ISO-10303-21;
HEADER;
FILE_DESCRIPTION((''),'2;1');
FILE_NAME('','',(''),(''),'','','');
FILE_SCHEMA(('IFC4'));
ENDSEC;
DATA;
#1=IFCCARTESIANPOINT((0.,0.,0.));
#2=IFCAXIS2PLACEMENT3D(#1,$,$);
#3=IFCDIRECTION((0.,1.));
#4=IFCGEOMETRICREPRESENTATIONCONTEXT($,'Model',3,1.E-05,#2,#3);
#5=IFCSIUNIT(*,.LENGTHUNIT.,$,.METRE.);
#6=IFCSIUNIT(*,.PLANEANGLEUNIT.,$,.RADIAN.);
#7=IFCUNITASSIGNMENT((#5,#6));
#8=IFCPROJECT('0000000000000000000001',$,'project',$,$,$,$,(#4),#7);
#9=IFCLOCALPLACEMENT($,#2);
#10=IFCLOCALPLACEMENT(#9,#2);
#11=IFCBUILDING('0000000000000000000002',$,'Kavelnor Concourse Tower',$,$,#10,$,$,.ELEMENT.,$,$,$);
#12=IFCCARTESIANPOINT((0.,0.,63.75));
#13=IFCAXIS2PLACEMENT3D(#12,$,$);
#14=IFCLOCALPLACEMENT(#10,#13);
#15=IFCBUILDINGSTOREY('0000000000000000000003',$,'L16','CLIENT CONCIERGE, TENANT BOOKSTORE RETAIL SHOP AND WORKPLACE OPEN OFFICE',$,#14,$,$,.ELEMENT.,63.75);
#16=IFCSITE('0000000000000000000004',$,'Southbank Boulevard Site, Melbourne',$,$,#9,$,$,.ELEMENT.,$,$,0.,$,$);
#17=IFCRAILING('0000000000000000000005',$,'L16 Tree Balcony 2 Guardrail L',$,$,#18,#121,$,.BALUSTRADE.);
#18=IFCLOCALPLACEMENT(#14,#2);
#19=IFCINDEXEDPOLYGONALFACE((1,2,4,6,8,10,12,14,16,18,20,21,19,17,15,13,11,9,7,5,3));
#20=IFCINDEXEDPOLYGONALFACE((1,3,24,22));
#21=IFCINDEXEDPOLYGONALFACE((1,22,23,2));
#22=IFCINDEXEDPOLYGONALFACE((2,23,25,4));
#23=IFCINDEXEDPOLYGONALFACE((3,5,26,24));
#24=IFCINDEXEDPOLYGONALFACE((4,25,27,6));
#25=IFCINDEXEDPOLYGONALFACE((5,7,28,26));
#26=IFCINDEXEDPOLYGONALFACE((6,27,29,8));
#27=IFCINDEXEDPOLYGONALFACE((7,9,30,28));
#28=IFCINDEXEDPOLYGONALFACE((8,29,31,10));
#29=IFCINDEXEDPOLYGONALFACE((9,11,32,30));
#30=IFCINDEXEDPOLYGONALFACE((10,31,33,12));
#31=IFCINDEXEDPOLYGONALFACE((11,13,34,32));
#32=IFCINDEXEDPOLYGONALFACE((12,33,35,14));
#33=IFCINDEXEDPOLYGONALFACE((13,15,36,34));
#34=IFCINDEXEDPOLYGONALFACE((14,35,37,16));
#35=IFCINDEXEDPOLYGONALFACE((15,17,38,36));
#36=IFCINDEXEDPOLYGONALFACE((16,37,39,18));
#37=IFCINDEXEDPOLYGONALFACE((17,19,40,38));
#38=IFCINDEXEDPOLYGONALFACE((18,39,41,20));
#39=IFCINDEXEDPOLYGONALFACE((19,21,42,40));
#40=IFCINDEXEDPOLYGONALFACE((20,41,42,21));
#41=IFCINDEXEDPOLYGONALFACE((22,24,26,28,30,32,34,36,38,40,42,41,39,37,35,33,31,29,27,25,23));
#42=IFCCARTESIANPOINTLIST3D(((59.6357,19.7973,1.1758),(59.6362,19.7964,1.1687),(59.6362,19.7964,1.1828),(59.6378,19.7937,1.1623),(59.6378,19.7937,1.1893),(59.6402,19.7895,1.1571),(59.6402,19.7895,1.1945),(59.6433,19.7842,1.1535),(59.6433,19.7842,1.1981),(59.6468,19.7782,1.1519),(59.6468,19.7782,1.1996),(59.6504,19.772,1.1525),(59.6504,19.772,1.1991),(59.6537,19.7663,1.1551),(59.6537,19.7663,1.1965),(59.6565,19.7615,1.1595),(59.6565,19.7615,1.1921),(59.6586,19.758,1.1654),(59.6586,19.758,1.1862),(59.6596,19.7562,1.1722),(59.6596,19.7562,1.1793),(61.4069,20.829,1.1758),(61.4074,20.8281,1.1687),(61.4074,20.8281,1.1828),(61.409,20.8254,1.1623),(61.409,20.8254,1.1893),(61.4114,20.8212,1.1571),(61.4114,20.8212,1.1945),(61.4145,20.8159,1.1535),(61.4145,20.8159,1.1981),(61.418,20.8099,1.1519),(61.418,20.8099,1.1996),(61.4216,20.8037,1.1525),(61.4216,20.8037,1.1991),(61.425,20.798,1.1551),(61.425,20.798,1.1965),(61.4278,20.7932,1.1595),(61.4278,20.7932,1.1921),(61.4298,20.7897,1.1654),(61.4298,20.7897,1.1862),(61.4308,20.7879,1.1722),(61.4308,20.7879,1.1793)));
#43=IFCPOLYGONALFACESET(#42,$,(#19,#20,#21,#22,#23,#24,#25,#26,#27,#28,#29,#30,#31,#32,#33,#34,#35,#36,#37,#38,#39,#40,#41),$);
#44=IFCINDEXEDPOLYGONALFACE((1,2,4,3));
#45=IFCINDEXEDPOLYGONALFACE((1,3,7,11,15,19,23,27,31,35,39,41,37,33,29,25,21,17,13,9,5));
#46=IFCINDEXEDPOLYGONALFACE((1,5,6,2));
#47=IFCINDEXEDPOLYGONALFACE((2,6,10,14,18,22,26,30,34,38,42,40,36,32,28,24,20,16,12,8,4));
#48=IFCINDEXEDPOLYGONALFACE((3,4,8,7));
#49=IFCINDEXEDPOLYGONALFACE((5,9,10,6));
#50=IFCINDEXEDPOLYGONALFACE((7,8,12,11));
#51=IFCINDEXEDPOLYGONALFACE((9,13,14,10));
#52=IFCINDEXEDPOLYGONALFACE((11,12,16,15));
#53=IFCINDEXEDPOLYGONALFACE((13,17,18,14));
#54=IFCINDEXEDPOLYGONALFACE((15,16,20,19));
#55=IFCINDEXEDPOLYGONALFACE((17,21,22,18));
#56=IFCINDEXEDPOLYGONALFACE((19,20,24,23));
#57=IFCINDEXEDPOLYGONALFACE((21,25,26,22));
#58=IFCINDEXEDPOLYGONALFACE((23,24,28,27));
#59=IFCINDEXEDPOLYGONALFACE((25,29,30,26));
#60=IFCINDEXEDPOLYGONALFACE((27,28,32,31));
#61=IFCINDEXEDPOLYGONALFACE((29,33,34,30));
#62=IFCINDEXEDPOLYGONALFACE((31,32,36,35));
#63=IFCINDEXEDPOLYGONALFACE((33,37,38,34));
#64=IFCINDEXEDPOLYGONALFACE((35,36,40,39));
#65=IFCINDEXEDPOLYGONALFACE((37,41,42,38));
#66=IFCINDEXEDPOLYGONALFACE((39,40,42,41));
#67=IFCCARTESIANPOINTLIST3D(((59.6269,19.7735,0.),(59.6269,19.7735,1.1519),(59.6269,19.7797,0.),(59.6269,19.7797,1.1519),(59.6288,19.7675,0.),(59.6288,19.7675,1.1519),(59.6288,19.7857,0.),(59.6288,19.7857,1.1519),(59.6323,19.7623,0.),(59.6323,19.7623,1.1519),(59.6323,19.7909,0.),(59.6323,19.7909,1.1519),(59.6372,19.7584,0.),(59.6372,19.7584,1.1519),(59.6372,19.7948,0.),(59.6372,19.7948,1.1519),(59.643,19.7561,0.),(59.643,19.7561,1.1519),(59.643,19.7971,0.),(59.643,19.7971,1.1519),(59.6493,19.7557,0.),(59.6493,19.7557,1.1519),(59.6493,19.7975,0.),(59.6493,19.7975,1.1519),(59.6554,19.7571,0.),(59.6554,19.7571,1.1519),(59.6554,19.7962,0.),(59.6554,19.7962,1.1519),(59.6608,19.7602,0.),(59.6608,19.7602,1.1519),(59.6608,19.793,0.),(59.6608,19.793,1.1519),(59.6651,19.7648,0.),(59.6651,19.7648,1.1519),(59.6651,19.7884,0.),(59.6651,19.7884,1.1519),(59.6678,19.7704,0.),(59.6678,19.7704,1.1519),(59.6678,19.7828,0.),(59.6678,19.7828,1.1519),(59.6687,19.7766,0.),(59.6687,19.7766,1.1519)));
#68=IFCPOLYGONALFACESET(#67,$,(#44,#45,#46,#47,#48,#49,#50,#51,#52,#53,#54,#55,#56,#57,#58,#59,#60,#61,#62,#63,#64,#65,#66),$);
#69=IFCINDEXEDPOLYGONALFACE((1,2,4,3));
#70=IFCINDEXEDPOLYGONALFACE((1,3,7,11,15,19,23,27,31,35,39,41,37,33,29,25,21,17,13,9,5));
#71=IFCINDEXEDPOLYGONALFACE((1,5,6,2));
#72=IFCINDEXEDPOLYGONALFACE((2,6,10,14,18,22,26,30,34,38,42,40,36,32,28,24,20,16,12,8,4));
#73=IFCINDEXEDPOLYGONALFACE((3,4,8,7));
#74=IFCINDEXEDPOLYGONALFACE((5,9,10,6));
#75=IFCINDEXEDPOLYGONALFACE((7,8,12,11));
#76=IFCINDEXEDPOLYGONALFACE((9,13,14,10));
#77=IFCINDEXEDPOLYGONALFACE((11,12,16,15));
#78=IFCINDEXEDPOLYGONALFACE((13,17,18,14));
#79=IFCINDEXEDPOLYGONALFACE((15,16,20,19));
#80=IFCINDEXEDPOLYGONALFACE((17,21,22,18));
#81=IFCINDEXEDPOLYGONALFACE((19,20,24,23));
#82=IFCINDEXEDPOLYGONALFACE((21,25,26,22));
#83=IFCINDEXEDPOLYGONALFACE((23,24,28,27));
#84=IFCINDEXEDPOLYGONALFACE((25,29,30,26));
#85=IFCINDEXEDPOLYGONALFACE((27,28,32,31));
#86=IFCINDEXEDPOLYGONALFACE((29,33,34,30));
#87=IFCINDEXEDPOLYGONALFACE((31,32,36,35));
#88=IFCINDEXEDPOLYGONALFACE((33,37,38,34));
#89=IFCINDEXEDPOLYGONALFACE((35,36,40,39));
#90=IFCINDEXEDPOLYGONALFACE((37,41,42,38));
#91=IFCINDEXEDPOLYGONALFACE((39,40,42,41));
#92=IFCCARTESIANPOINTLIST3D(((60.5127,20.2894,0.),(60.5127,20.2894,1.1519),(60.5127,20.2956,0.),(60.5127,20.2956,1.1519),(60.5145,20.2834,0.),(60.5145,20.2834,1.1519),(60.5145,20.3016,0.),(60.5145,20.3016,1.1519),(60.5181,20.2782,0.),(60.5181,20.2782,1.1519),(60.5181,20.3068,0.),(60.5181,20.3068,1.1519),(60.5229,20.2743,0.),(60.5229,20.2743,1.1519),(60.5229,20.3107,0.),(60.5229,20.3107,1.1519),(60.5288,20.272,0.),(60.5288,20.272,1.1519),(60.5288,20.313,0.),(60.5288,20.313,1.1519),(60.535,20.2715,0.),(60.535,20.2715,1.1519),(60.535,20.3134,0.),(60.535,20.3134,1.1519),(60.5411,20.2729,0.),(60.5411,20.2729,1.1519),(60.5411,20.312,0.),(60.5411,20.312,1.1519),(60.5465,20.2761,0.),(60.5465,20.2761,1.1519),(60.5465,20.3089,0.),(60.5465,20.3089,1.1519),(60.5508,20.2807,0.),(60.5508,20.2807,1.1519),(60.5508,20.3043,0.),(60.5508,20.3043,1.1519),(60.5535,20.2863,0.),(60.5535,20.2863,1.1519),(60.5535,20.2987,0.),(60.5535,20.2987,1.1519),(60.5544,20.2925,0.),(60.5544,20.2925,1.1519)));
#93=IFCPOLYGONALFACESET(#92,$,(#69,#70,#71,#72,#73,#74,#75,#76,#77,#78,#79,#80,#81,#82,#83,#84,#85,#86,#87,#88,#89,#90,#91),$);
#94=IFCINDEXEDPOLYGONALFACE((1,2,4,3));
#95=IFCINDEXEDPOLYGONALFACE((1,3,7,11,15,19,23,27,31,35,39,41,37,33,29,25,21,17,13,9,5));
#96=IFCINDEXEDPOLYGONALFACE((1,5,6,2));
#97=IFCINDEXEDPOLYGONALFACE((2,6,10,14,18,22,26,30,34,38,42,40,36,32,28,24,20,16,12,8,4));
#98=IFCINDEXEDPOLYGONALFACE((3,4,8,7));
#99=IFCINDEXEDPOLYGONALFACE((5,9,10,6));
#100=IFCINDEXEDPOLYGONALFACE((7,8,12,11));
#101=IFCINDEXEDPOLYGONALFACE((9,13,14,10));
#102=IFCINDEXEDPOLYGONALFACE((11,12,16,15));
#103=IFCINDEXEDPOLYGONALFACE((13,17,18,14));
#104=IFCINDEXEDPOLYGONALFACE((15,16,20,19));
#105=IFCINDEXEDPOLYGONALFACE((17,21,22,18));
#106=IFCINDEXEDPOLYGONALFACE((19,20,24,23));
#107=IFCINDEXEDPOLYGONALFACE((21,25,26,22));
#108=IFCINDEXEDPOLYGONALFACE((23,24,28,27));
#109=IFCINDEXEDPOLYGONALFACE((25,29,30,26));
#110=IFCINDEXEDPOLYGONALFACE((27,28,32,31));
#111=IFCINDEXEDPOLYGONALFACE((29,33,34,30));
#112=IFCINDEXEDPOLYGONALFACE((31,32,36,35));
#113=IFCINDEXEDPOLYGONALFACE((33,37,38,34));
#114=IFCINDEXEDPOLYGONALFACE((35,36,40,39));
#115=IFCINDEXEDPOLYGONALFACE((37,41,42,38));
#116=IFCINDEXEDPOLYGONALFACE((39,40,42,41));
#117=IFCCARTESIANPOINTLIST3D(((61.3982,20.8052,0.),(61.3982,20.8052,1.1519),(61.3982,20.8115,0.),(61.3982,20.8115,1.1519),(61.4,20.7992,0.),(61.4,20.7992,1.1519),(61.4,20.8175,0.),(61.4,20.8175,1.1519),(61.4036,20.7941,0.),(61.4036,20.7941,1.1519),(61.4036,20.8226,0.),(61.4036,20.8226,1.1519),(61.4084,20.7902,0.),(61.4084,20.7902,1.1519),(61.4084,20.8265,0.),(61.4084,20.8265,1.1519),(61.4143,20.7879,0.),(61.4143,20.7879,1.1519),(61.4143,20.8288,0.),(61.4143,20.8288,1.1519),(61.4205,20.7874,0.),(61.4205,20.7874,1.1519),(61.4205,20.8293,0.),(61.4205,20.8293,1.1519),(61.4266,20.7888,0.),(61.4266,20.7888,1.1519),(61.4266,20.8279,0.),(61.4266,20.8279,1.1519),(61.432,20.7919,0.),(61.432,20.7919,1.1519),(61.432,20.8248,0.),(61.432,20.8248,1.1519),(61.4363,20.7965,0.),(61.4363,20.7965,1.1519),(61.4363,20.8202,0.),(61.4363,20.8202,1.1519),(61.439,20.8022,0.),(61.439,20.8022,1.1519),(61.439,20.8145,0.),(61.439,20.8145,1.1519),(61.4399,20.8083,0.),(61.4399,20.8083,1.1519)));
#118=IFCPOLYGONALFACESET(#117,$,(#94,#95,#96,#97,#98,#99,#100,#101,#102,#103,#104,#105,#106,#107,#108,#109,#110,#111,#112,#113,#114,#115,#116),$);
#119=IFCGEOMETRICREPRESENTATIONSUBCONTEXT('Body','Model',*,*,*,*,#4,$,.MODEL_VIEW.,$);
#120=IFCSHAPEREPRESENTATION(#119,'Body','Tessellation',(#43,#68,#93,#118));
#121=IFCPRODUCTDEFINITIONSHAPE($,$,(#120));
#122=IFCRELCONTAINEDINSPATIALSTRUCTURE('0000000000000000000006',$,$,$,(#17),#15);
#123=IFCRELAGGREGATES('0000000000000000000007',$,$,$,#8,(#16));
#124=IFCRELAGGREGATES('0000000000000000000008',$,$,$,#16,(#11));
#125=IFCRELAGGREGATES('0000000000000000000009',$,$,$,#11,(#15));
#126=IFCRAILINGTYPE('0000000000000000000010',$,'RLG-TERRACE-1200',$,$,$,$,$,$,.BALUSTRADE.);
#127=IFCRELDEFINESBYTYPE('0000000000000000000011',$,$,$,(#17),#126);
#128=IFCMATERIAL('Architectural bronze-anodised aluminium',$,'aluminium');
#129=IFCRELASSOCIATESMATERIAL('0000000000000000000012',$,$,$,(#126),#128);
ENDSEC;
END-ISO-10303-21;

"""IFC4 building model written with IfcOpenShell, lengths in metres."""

from ifc_helpers import new_model, si_unit, direction, frame, origin, origin_2d, place, context, subcontext, project, spatial, circle, extrude, material, type_object, element, save


model = new_model("IFC4")

# Units and contexts
model_context = context("Model", 3, precision=1e-05, world=origin(), true_north=direction((0.0, 1.0)))
body_context = subcontext(model_context, "Body", "Model", "MODEL_VIEW")
ifc_project = project(units=[si_unit("LENGTHUNIT", "METRE"), si_unit("PLANEANGLEUNIT", "RADIAN")], contexts=[model_context])

# Site, building, storey
site_placement = place(None, origin())
site = spatial("IfcSite", under=ifc_project, at=site_placement, Name="Southbank Boulevard Site, Melbourne", CompositionType="ELEMENT", RefElevation=0.0)
building_placement = place(site_placement, origin())
building = spatial("IfcBuilding", under=site, at=building_placement, Name="Kavelnor Concourse Tower", CompositionType="ELEMENT")
storey_placement = place(building_placement, frame((0.0, 0.0, 63.75)))
storey = spatial("IfcBuildingStorey", under=building, at=storey_placement, Name="L16", Description="CLIENT CONCIERGE, TENANT BOOKSTORE RETAIL SHOP AND WORKPLACE OPEN OFFICE", CompositionType="ELEMENT", Elevation=63.75)

# Railing
ifc_material_1 = material(Name="Architectural bronze-anodised aluminium", Category="aluminium")
railing_type_1 = type_object("IfcRailingType", Name="RLG-TERRACE-1200", PredefinedType="BALUSTRADE", material=ifc_material_1)
railing_1_placement = place(storey_placement, frame((59.6477, 19.7766, 0.0)))
element("IfcRailing", 1, at=railing_1_placement, inside=storey, type_object=railing_type_1, Name="L16 Tree Balcony 2 Guardrail L", PredefinedType="BALUSTRADE", context=body_context, shape_type="SweptSolid", body=[
    extrude(circle(Radius=0.0239, at=origin_2d()), frame((0.0, 0.0, 1.1758), z_axis=(0.864094, 0.50333, 0.0), x_axis=(-0.50333, 0.864094, 0.0)), (0.0, 0.0, 1.0), 2.0498),
    extrude(circle(Radius=0.021, at=origin_2d()), origin(), (0.0, 0.0, 1.0), 1.1519),
    extrude(circle(Radius=0.021, at=origin_2d()), frame((0.8857, 0.5159, 0.0)), (0.0, 0.0, 1.0), 1.1519),
    extrude(circle(Radius=0.021, at=origin_2d()), frame((1.7712, 1.0317, 0.0)), (0.0, 0.0, 1.0), 1.1519),
])

save(model, "model.ifc")
